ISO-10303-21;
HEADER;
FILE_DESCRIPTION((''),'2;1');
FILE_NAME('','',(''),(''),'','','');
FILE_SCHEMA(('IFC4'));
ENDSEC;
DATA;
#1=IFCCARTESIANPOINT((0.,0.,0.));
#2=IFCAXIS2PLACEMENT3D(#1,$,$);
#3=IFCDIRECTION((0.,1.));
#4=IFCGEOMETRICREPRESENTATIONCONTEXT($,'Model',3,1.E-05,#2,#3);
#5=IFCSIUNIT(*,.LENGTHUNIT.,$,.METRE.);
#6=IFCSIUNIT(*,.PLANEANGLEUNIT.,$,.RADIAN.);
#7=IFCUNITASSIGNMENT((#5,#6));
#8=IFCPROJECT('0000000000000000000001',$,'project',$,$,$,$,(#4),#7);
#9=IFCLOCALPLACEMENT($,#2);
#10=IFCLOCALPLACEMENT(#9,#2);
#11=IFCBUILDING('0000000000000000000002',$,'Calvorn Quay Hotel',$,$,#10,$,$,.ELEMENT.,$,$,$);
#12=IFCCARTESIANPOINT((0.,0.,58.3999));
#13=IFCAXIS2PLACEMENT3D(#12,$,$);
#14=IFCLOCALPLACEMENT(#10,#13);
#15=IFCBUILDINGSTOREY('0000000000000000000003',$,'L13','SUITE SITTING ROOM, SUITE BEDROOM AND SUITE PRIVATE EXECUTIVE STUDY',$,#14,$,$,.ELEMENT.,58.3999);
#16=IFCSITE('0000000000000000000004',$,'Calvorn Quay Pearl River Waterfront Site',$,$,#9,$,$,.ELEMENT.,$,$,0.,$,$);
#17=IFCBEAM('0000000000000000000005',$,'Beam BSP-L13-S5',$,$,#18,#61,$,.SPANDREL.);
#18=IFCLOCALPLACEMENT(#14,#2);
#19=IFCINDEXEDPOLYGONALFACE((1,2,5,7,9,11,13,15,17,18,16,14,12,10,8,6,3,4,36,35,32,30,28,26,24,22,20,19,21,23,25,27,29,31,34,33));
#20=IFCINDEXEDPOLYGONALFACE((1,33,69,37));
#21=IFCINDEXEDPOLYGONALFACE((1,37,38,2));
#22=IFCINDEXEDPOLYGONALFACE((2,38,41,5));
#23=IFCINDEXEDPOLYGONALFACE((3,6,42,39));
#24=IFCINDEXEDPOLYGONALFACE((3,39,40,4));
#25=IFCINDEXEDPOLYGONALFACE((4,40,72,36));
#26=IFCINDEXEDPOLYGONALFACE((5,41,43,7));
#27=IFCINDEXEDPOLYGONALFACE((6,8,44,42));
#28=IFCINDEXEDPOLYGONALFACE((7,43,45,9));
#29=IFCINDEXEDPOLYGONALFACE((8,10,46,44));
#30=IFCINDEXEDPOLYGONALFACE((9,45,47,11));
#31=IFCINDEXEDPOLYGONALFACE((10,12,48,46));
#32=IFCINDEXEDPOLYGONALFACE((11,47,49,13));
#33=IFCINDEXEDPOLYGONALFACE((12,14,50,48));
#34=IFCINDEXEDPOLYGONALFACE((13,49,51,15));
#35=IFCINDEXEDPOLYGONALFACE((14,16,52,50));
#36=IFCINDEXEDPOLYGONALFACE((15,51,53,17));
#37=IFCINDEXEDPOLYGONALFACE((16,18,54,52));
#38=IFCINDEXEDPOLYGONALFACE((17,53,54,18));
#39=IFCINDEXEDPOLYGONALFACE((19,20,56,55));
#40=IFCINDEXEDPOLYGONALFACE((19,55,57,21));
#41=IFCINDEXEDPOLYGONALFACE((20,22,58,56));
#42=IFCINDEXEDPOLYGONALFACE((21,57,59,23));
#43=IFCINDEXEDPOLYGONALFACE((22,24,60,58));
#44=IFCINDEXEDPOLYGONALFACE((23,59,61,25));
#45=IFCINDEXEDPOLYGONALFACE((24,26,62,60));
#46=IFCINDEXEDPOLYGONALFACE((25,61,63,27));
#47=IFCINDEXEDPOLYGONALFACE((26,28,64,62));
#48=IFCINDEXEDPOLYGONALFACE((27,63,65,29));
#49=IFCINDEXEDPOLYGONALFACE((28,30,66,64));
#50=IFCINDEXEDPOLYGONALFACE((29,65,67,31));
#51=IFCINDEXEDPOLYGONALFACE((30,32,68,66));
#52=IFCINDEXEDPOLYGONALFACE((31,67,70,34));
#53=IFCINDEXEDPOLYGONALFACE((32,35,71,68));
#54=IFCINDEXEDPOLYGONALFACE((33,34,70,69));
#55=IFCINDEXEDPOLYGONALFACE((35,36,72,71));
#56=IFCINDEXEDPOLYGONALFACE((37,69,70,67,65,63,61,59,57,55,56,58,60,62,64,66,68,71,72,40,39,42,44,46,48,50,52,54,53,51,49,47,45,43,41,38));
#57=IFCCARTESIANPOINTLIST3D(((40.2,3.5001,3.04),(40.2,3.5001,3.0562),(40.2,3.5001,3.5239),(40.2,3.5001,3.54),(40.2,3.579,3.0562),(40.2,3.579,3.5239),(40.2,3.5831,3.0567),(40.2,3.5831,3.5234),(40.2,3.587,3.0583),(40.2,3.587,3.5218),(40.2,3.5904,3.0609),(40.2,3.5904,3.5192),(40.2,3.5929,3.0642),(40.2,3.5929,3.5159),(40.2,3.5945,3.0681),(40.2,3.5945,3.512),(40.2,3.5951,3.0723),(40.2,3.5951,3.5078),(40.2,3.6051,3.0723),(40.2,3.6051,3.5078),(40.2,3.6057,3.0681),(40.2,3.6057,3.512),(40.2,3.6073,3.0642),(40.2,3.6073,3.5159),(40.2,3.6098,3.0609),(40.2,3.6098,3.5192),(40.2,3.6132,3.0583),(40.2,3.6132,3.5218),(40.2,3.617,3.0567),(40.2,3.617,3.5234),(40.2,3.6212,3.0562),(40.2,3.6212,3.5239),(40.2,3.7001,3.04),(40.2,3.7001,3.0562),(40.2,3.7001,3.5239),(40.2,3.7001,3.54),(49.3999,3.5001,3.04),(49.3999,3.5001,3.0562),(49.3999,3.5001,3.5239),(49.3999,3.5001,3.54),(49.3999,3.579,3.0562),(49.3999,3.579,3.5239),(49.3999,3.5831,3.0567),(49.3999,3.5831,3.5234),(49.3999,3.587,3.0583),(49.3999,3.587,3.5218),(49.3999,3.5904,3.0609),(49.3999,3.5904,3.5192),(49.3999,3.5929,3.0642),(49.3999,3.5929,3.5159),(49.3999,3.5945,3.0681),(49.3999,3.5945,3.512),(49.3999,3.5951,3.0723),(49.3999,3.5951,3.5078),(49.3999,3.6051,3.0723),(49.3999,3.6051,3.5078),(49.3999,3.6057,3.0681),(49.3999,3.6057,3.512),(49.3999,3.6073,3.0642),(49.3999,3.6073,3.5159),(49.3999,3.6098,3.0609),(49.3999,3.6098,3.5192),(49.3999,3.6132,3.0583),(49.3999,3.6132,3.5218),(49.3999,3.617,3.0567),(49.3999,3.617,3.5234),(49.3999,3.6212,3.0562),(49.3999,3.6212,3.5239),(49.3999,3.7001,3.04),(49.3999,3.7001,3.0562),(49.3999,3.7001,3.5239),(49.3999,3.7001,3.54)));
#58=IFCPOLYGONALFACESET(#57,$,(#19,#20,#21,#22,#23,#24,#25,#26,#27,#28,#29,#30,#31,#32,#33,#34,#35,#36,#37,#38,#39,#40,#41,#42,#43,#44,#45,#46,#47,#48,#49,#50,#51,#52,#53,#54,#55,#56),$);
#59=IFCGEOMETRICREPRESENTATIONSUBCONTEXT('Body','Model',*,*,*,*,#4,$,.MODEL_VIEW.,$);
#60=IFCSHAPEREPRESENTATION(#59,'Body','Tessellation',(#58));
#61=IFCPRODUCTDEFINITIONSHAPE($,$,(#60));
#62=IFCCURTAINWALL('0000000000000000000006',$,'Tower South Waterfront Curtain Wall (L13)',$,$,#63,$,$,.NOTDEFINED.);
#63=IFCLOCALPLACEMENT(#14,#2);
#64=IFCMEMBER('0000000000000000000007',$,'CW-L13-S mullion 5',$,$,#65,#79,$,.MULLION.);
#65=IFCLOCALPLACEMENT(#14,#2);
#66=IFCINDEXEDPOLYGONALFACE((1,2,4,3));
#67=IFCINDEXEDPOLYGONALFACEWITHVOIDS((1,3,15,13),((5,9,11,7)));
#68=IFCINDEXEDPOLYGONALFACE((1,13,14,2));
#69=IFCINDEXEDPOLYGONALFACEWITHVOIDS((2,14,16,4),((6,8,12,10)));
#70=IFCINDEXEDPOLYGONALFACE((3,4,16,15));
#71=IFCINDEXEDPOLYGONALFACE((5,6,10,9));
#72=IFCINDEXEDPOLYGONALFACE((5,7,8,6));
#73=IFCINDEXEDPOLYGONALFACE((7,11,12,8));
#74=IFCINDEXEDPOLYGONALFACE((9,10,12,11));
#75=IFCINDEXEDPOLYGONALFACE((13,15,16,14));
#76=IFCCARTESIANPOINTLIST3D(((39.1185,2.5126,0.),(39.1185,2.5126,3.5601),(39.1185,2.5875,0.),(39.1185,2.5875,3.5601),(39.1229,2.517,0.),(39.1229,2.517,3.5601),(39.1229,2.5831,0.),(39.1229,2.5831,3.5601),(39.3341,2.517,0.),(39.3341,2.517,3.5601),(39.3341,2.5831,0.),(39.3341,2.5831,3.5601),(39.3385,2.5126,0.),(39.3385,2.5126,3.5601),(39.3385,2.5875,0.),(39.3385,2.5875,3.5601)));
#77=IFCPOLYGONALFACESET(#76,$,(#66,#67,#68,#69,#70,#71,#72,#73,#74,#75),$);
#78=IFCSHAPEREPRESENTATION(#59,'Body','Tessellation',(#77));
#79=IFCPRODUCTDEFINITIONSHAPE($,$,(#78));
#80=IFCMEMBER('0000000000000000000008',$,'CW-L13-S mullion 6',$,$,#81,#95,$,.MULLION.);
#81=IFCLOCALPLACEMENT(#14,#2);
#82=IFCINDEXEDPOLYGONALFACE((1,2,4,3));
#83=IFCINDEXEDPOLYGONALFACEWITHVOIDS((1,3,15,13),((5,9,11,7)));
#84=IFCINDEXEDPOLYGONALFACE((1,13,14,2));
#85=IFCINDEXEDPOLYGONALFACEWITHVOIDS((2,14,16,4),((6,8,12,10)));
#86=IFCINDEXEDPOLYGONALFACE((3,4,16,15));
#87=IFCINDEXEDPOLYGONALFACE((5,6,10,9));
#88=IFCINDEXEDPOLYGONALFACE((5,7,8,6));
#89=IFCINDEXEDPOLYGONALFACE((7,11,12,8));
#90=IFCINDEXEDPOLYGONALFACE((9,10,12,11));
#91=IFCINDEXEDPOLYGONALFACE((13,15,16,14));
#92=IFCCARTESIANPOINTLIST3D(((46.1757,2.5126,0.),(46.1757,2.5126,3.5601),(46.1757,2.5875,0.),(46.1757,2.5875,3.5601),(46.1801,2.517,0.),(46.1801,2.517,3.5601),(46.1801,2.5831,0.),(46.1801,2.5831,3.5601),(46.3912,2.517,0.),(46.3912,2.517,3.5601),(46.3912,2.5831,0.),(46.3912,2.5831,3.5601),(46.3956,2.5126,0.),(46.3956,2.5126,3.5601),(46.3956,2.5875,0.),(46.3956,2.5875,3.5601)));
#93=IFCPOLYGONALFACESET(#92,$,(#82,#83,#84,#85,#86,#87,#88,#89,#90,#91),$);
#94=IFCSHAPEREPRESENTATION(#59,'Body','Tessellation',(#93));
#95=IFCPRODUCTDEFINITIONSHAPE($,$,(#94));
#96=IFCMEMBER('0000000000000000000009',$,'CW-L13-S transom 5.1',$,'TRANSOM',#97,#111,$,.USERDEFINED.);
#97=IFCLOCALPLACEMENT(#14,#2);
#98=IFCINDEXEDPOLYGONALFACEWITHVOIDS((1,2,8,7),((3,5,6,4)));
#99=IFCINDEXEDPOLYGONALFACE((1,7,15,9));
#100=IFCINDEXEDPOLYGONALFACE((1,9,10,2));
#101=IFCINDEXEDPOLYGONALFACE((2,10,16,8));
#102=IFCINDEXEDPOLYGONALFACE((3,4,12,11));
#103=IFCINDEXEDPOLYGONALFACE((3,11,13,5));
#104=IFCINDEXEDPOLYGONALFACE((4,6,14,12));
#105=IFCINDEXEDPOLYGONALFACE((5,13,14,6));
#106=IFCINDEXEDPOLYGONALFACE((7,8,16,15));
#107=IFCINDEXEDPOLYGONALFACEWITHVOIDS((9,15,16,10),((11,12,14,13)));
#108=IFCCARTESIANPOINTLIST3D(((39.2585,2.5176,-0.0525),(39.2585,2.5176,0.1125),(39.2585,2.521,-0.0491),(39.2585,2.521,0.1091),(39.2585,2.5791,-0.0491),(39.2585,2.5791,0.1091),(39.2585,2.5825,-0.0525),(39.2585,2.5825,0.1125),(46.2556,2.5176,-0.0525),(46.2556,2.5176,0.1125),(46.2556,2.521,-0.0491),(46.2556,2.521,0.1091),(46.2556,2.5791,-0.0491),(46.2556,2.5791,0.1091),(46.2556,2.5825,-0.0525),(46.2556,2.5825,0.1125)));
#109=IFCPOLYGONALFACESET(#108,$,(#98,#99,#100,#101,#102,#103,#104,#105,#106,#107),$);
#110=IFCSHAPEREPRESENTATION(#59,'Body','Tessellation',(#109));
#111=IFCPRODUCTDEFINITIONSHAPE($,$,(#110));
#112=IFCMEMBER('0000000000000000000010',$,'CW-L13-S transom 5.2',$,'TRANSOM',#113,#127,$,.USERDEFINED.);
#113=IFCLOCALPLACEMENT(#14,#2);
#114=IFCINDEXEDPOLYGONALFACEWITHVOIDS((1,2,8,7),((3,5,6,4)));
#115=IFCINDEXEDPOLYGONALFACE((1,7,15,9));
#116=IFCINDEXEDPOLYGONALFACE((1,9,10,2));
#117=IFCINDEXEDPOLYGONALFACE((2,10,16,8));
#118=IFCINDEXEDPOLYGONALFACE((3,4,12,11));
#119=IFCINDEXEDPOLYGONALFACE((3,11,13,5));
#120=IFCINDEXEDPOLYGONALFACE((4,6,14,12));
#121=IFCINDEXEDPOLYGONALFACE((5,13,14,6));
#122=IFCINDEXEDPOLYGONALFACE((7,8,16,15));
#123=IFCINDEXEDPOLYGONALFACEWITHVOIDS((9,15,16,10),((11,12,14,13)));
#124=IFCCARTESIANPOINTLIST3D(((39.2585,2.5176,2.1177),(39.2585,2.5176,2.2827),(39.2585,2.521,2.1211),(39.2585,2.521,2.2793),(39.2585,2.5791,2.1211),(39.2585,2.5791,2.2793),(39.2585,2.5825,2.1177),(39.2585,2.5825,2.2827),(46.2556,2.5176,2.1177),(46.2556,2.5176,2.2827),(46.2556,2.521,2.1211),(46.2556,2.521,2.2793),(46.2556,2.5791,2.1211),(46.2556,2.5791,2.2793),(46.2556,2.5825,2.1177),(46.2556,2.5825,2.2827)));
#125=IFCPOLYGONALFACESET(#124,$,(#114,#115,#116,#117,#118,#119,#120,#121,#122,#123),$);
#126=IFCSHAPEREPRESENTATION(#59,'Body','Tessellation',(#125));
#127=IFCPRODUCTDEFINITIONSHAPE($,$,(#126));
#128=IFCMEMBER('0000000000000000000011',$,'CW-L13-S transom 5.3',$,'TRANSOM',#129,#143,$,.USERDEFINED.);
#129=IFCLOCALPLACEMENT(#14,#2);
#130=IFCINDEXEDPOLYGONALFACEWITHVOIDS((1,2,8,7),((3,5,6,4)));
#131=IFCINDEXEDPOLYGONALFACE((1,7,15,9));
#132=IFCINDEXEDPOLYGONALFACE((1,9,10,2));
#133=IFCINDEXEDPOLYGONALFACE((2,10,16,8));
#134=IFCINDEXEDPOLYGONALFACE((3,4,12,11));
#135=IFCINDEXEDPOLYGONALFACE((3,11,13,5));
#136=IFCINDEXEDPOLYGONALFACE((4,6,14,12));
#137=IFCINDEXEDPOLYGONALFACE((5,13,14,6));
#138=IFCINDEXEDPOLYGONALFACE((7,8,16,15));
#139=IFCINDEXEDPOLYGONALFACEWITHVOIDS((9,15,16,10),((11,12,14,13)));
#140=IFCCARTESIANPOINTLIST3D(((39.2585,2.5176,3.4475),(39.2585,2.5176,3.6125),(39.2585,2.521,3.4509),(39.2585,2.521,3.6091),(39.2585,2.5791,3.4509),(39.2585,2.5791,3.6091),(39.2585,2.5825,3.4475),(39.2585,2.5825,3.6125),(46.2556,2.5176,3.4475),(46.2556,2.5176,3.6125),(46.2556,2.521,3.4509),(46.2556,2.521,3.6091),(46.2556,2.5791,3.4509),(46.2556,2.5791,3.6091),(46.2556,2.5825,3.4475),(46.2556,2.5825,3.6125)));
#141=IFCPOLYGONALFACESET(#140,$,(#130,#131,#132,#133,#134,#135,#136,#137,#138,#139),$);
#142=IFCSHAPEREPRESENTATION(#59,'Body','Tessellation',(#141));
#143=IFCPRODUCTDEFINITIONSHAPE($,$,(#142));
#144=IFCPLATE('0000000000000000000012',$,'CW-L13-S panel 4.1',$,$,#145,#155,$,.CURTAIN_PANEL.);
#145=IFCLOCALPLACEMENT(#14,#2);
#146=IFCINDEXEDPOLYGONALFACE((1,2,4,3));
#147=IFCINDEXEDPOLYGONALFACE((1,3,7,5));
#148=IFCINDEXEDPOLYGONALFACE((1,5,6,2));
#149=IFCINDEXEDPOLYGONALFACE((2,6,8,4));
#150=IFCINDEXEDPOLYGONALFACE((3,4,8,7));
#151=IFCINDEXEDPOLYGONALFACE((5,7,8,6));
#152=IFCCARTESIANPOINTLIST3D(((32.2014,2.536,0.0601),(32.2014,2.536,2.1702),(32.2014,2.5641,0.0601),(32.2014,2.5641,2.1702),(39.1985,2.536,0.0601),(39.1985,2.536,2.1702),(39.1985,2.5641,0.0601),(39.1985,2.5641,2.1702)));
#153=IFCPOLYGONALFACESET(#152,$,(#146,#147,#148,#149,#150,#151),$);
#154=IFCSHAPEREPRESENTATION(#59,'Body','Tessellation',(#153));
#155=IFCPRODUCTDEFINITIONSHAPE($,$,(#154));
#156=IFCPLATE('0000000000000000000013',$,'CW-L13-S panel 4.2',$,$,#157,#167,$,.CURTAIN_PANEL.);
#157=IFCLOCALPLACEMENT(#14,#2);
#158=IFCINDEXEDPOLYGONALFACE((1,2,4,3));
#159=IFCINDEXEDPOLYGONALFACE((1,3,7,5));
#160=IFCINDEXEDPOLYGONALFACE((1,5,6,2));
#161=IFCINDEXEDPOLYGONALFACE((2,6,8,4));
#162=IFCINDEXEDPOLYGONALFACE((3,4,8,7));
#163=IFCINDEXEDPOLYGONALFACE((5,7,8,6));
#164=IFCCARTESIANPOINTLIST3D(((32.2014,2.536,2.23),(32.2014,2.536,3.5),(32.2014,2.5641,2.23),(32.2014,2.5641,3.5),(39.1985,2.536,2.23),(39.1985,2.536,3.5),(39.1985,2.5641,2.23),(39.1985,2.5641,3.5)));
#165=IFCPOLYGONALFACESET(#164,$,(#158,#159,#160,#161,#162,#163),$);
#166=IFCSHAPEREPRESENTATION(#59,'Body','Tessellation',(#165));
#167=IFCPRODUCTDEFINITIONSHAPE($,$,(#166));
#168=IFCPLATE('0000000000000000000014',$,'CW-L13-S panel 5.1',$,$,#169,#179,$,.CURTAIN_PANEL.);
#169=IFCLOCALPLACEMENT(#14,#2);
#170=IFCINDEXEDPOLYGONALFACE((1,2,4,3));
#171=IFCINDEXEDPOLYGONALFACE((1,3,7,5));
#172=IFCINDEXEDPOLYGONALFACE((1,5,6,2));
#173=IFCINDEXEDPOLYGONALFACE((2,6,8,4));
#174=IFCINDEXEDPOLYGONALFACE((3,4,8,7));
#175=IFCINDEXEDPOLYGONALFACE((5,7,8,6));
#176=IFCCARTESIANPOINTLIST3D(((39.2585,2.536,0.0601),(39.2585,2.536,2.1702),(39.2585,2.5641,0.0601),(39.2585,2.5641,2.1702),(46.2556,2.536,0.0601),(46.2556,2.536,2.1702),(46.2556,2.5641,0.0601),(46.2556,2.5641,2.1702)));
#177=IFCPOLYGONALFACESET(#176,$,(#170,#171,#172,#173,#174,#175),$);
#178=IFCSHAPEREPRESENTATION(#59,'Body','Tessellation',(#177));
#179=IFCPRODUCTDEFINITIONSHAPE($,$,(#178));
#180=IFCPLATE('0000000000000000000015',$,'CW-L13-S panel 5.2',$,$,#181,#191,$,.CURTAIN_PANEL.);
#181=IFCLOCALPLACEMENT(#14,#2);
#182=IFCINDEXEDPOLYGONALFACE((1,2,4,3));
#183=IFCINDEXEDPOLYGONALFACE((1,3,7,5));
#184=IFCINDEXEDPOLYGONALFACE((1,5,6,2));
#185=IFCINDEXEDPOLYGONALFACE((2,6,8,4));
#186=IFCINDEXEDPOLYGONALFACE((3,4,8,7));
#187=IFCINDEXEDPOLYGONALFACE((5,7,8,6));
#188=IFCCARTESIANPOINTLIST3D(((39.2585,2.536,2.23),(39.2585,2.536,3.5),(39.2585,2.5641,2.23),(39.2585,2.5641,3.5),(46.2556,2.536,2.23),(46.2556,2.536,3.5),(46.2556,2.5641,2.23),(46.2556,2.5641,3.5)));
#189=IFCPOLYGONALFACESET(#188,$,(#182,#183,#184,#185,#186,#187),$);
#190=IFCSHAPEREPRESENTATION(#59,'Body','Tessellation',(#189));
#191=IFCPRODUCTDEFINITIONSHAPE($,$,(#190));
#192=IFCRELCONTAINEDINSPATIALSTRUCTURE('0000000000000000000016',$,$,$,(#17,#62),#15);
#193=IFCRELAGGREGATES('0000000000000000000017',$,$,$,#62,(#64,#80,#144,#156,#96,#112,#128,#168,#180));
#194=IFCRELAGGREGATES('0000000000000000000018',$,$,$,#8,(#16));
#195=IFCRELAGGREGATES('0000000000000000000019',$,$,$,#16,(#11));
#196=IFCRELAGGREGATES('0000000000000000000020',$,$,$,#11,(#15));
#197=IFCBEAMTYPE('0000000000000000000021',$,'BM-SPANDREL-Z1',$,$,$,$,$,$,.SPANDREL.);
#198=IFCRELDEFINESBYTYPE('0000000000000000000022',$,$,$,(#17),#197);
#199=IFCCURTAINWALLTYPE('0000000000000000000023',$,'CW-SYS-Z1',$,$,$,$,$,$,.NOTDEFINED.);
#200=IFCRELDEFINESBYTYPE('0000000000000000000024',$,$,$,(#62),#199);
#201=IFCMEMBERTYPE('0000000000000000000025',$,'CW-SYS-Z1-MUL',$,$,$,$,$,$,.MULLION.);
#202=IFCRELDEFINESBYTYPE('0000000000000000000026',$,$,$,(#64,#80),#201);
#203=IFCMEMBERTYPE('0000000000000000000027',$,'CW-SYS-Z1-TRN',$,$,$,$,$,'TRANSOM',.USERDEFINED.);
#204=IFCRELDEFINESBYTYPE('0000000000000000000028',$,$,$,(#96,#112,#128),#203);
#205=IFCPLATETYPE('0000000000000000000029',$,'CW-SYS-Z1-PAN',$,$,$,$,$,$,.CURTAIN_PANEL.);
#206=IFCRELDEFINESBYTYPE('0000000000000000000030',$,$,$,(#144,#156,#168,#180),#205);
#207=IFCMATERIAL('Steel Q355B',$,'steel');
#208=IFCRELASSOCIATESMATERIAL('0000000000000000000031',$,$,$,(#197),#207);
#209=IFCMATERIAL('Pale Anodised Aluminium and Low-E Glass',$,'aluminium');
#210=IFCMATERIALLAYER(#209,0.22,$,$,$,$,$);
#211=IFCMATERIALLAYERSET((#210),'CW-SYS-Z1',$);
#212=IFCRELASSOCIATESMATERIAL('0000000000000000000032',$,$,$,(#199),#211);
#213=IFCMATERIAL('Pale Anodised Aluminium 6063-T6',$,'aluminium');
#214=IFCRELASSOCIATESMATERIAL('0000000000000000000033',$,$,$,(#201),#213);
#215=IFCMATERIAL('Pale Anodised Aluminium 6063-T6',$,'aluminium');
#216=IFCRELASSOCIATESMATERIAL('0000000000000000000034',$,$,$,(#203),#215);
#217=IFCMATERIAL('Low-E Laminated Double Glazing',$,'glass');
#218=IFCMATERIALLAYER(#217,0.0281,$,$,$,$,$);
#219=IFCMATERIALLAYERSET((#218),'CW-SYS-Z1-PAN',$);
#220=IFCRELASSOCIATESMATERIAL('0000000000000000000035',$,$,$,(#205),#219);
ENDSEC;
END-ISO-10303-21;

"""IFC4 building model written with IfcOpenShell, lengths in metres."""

from ifc_helpers import new_model, si_unit, direction, frame, origin, origin_2d, place, context, subcontext, project, spatial, rectangle, hollow_rectangle, i_section, extrude, material, layer, layer_set, material_profile, profile_set, type_object, element, aggregate, save


model = new_model("IFC4")

# Units and contexts
model_context = context("Model", 3, precision=1e-05, world=origin(), true_north=direction((0.0, 1.0)))
body_context = subcontext(model_context, "Body", "Model", "MODEL_VIEW")
ifc_project = project(units=[si_unit("LENGTHUNIT", "METRE"), si_unit("PLANEANGLEUNIT", "RADIAN")], contexts=[model_context])

# Site, building, storey
site_placement = place(None, origin())
site = spatial("IfcSite", under=ifc_project, at=site_placement, Name="Calvorn Quay Pearl River Waterfront Site", CompositionType="ELEMENT", RefElevation=0.0)
building_placement = place(site_placement, origin())
building = spatial("IfcBuilding", under=site, at=building_placement, Name="Calvorn Quay Hotel", CompositionType="ELEMENT")
storey_placement = place(building_placement, frame((0.0, 0.0, 58.3999)))
storey = spatial("IfcBuildingStorey", under=building, at=storey_placement, Name="L13", Description="SUITE SITTING ROOM, SUITE BEDROOM AND SUITE PRIVATE EXECUTIVE STUDY", CompositionType="ELEMENT", Elevation=58.3999)

# Beam
ifc_material_1 = material(Name="Steel Q355B", Category="steel")
ifc_material_profile_1 = material_profile(ifc_material_1, i_section(OverallWidth=0.2, OverallDepth=0.5, WebThickness=0.01, FlangeThickness=0.0161, FilletRadius=0.0161, at=origin_2d()), Name="HN500x200x10x16")
ifc_profile_set_1 = profile_set([ifc_material_profile_1], Name="Steel Q355B")
beam_type_1 = type_object("IfcBeamType", Name="BM-SPANDREL-Z1", PredefinedType="SPANDREL", material=ifc_profile_set_1)
beam_1_placement = place(storey_placement, frame((40.2, 3.6001, 3.29), z_axis=(1.0, 0.0, 0.0), x_axis=(0.0, 1.0, 0.0)))
element("IfcBeam", 1, at=beam_1_placement, inside=storey, type_object=beam_type_1, Name="Beam BSP-L13-S5", PredefinedType="SPANDREL", context=body_context, shape_type="SweptSolid", body=[
    extrude(i_section(OverallWidth=0.2, OverallDepth=0.5, WebThickness=0.01, FlangeThickness=0.0161, FilletRadius=0.0161, at=origin_2d()), origin(), (0.0, 0.0, 1.0), 9.2),
])

# Curtain wall, members, plates
ifc_material_2 = material(Name="Pale Anodised Aluminium and Low-E Glass", Category="aluminium")
ifc_layer_1 = layer(ifc_material_2, 0.22)
ifc_layer_set_1 = layer_set([ifc_layer_1], Name="CW-SYS-Z1")
curtain_wall_type = type_object("IfcCurtainWallType", Name="CW-SYS-Z1", PredefinedType="NOTDEFINED", material=ifc_layer_set_1)
curtain_wall_placement = place(storey_placement, origin())
curtain_wall = element("IfcCurtainWall", 2, at=curtain_wall_placement, inside=storey, type_object=curtain_wall_type, Name="Tower South Waterfront Curtain Wall (L13)", PredefinedType="NOTDEFINED")
ifc_material_3 = material(Name="Pale Anodised Aluminium 6063-T6", Category="aluminium")
ifc_material_profile_2 = material_profile(ifc_material_3, hollow_rectangle(XDim=0.075, YDim=0.22, WallThickness=0.0044, at=origin_2d()), Name="ALU-M220x75x4.5")
ifc_profile_set_2 = profile_set([ifc_material_profile_2], Name="Pale Anodised Aluminium 6063-T6")
member_type_1 = type_object("IfcMemberType", Name="CW-SYS-Z1-MUL", PredefinedType="MULLION", material=ifc_profile_set_2)
member_1_placement = place(storey_placement, frame((39.2285, 2.55, 0.0), z_axis=(0.0, 0.0, 1.0), x_axis=(0.0, 1.0, 0.0)))
member_1 = element("IfcMember", 3, at=member_1_placement, type_object=member_type_1, Name="CW-L13-S mullion 5", PredefinedType="MULLION", context=body_context, shape_type="SweptSolid", body=[
    extrude(hollow_rectangle(XDim=0.075, YDim=0.22, WallThickness=0.0044, at=origin_2d()), origin(), (0.0, 0.0, 1.0), 3.5601),
])
member_2_placement = place(storey_placement, frame((46.2856, 2.55, 0.0), z_axis=(0.0, 0.0, 1.0), x_axis=(0.0, 1.0, 0.0)))
member_2 = element("IfcMember", 4, at=member_2_placement, type_object=member_type_1, Name="CW-L13-S mullion 6", PredefinedType="MULLION", context=body_context, shape_type="SweptSolid", body=[
    extrude(hollow_rectangle(XDim=0.075, YDim=0.22, WallThickness=0.0044, at=origin_2d()), origin(), (0.0, 0.0, 1.0), 3.5601),
])
ifc_material_4 = material(Name="Pale Anodised Aluminium 6063-T6", Category="aluminium")
ifc_material_profile_3 = material_profile(ifc_material_4, hollow_rectangle(XDim=0.0649, YDim=0.165, WallThickness=0.0034, at=origin_2d()), Name="ALU-T165x65x3.5")
ifc_profile_set_3 = profile_set([ifc_material_profile_3], Name="Pale Anodised Aluminium 6063-T6")
member_type_2 = type_object("IfcMemberType", Name="CW-SYS-Z1-TRN", ElementType="TRANSOM", PredefinedType="USERDEFINED", material=ifc_profile_set_3)
member_3_placement = place(storey_placement, frame((39.2585, 2.55, 0.03), z_axis=(1.0, 0.0, 0.0), x_axis=(0.0, 1.0, 0.0)))
member_3 = element("IfcMember", 5, at=member_3_placement, type_object=member_type_2, Name="CW-L13-S transom 5.1", ObjectType="TRANSOM", PredefinedType="USERDEFINED", context=body_context, shape_type="SweptSolid", body=[
    extrude(hollow_rectangle(XDim=0.0649, YDim=0.165, WallThickness=0.0034, at=origin_2d()), origin(), (0.0, 0.0, 1.0), 6.9971),
])
member_4_placement = place(storey_placement, frame((39.2585, 2.55, 2.2002), z_axis=(1.0, 0.0, 0.0), x_axis=(0.0, 1.0, 0.0)))
member_4 = element("IfcMember", 6, at=member_4_placement, type_object=member_type_2, Name="CW-L13-S transom 5.2", ObjectType="TRANSOM", PredefinedType="USERDEFINED", context=body_context, shape_type="SweptSolid", body=[
    extrude(hollow_rectangle(XDim=0.0649, YDim=0.165, WallThickness=0.0034, at=origin_2d()), origin(), (0.0, 0.0, 1.0), 6.9971),
])
member_5_placement = place(storey_placement, frame((39.2585, 2.55, 3.53), z_axis=(1.0, 0.0, 0.0), x_axis=(0.0, 1.0, 0.0)))
member_5 = element("IfcMember", 7, at=member_5_placement, type_object=member_type_2, Name="CW-L13-S transom 5.3", ObjectType="TRANSOM", PredefinedType="USERDEFINED", context=body_context, shape_type="SweptSolid", body=[
    extrude(hollow_rectangle(XDim=0.0649, YDim=0.165, WallThickness=0.0034, at=origin_2d()), origin(), (0.0, 0.0, 1.0), 6.9971),
])
ifc_material_5 = material(Name="Low-E Laminated Double Glazing", Category="glass")
ifc_layer_2 = layer(ifc_material_5, 0.0281)
ifc_layer_set_2 = layer_set([ifc_layer_2], Name="CW-SYS-Z1-PAN")
plate_type = type_object("IfcPlateType", Name="CW-SYS-Z1-PAN", PredefinedType="CURTAIN_PANEL", material=ifc_layer_set_2)
plate_1_placement = place(storey_placement, frame((35.7, 2.55, 0.0601), z_axis=(0.0, 0.0, 1.0), x_axis=(1.0, 0.0, 0.0)))
plate_1 = element("IfcPlate", 8, at=plate_1_placement, type_object=plate_type, Name="CW-L13-S panel 4.1", PredefinedType="CURTAIN_PANEL", context=body_context, shape_type="SweptSolid", body=[
    extrude(rectangle(XDim=6.9971, YDim=0.0281, at=origin_2d()), origin(), (0.0, 0.0, 1.0), 2.1101),
])
plate_2_placement = place(storey_placement, frame((35.7, 2.55, 2.23), z_axis=(0.0, 0.0, 1.0), x_axis=(1.0, 0.0, 0.0)))
plate_2 = element("IfcPlate", 9, at=plate_2_placement, type_object=plate_type, Name="CW-L13-S panel 4.2", PredefinedType="CURTAIN_PANEL", context=body_context, shape_type="SweptSolid", body=[
    extrude(rectangle(XDim=6.9971, YDim=0.0281, at=origin_2d()), origin(), (0.0, 0.0, 1.0), 1.27),
])
plate_3_placement = place(storey_placement, frame((42.7571, 2.55, 0.0601), z_axis=(0.0, 0.0, 1.0), x_axis=(1.0, 0.0, 0.0)))
plate_3 = element("IfcPlate", 10, at=plate_3_placement, type_object=plate_type, Name="CW-L13-S panel 5.1", PredefinedType="CURTAIN_PANEL", context=body_context, shape_type="SweptSolid", body=[
    extrude(rectangle(XDim=6.9971, YDim=0.0281, at=origin_2d()), origin(), (0.0, 0.0, 1.0), 2.1101),
])
plate_4_placement = place(storey_placement, frame((42.7571, 2.55, 2.23), z_axis=(0.0, 0.0, 1.0), x_axis=(1.0, 0.0, 0.0)))
plate_4 = element("IfcPlate", 11, at=plate_4_placement, type_object=plate_type, Name="CW-L13-S panel 5.2", PredefinedType="CURTAIN_PANEL", context=body_context, shape_type="SweptSolid", body=[
    extrude(rectangle(XDim=6.9971, YDim=0.0281, at=origin_2d()), origin(), (0.0, 0.0, 1.0), 1.27),
])
aggregate(curtain_wall, [member_1, member_2, plate_1, plate_2, member_3, member_4, member_5, plate_3, plate_4])

save(model, "model.ifc")
